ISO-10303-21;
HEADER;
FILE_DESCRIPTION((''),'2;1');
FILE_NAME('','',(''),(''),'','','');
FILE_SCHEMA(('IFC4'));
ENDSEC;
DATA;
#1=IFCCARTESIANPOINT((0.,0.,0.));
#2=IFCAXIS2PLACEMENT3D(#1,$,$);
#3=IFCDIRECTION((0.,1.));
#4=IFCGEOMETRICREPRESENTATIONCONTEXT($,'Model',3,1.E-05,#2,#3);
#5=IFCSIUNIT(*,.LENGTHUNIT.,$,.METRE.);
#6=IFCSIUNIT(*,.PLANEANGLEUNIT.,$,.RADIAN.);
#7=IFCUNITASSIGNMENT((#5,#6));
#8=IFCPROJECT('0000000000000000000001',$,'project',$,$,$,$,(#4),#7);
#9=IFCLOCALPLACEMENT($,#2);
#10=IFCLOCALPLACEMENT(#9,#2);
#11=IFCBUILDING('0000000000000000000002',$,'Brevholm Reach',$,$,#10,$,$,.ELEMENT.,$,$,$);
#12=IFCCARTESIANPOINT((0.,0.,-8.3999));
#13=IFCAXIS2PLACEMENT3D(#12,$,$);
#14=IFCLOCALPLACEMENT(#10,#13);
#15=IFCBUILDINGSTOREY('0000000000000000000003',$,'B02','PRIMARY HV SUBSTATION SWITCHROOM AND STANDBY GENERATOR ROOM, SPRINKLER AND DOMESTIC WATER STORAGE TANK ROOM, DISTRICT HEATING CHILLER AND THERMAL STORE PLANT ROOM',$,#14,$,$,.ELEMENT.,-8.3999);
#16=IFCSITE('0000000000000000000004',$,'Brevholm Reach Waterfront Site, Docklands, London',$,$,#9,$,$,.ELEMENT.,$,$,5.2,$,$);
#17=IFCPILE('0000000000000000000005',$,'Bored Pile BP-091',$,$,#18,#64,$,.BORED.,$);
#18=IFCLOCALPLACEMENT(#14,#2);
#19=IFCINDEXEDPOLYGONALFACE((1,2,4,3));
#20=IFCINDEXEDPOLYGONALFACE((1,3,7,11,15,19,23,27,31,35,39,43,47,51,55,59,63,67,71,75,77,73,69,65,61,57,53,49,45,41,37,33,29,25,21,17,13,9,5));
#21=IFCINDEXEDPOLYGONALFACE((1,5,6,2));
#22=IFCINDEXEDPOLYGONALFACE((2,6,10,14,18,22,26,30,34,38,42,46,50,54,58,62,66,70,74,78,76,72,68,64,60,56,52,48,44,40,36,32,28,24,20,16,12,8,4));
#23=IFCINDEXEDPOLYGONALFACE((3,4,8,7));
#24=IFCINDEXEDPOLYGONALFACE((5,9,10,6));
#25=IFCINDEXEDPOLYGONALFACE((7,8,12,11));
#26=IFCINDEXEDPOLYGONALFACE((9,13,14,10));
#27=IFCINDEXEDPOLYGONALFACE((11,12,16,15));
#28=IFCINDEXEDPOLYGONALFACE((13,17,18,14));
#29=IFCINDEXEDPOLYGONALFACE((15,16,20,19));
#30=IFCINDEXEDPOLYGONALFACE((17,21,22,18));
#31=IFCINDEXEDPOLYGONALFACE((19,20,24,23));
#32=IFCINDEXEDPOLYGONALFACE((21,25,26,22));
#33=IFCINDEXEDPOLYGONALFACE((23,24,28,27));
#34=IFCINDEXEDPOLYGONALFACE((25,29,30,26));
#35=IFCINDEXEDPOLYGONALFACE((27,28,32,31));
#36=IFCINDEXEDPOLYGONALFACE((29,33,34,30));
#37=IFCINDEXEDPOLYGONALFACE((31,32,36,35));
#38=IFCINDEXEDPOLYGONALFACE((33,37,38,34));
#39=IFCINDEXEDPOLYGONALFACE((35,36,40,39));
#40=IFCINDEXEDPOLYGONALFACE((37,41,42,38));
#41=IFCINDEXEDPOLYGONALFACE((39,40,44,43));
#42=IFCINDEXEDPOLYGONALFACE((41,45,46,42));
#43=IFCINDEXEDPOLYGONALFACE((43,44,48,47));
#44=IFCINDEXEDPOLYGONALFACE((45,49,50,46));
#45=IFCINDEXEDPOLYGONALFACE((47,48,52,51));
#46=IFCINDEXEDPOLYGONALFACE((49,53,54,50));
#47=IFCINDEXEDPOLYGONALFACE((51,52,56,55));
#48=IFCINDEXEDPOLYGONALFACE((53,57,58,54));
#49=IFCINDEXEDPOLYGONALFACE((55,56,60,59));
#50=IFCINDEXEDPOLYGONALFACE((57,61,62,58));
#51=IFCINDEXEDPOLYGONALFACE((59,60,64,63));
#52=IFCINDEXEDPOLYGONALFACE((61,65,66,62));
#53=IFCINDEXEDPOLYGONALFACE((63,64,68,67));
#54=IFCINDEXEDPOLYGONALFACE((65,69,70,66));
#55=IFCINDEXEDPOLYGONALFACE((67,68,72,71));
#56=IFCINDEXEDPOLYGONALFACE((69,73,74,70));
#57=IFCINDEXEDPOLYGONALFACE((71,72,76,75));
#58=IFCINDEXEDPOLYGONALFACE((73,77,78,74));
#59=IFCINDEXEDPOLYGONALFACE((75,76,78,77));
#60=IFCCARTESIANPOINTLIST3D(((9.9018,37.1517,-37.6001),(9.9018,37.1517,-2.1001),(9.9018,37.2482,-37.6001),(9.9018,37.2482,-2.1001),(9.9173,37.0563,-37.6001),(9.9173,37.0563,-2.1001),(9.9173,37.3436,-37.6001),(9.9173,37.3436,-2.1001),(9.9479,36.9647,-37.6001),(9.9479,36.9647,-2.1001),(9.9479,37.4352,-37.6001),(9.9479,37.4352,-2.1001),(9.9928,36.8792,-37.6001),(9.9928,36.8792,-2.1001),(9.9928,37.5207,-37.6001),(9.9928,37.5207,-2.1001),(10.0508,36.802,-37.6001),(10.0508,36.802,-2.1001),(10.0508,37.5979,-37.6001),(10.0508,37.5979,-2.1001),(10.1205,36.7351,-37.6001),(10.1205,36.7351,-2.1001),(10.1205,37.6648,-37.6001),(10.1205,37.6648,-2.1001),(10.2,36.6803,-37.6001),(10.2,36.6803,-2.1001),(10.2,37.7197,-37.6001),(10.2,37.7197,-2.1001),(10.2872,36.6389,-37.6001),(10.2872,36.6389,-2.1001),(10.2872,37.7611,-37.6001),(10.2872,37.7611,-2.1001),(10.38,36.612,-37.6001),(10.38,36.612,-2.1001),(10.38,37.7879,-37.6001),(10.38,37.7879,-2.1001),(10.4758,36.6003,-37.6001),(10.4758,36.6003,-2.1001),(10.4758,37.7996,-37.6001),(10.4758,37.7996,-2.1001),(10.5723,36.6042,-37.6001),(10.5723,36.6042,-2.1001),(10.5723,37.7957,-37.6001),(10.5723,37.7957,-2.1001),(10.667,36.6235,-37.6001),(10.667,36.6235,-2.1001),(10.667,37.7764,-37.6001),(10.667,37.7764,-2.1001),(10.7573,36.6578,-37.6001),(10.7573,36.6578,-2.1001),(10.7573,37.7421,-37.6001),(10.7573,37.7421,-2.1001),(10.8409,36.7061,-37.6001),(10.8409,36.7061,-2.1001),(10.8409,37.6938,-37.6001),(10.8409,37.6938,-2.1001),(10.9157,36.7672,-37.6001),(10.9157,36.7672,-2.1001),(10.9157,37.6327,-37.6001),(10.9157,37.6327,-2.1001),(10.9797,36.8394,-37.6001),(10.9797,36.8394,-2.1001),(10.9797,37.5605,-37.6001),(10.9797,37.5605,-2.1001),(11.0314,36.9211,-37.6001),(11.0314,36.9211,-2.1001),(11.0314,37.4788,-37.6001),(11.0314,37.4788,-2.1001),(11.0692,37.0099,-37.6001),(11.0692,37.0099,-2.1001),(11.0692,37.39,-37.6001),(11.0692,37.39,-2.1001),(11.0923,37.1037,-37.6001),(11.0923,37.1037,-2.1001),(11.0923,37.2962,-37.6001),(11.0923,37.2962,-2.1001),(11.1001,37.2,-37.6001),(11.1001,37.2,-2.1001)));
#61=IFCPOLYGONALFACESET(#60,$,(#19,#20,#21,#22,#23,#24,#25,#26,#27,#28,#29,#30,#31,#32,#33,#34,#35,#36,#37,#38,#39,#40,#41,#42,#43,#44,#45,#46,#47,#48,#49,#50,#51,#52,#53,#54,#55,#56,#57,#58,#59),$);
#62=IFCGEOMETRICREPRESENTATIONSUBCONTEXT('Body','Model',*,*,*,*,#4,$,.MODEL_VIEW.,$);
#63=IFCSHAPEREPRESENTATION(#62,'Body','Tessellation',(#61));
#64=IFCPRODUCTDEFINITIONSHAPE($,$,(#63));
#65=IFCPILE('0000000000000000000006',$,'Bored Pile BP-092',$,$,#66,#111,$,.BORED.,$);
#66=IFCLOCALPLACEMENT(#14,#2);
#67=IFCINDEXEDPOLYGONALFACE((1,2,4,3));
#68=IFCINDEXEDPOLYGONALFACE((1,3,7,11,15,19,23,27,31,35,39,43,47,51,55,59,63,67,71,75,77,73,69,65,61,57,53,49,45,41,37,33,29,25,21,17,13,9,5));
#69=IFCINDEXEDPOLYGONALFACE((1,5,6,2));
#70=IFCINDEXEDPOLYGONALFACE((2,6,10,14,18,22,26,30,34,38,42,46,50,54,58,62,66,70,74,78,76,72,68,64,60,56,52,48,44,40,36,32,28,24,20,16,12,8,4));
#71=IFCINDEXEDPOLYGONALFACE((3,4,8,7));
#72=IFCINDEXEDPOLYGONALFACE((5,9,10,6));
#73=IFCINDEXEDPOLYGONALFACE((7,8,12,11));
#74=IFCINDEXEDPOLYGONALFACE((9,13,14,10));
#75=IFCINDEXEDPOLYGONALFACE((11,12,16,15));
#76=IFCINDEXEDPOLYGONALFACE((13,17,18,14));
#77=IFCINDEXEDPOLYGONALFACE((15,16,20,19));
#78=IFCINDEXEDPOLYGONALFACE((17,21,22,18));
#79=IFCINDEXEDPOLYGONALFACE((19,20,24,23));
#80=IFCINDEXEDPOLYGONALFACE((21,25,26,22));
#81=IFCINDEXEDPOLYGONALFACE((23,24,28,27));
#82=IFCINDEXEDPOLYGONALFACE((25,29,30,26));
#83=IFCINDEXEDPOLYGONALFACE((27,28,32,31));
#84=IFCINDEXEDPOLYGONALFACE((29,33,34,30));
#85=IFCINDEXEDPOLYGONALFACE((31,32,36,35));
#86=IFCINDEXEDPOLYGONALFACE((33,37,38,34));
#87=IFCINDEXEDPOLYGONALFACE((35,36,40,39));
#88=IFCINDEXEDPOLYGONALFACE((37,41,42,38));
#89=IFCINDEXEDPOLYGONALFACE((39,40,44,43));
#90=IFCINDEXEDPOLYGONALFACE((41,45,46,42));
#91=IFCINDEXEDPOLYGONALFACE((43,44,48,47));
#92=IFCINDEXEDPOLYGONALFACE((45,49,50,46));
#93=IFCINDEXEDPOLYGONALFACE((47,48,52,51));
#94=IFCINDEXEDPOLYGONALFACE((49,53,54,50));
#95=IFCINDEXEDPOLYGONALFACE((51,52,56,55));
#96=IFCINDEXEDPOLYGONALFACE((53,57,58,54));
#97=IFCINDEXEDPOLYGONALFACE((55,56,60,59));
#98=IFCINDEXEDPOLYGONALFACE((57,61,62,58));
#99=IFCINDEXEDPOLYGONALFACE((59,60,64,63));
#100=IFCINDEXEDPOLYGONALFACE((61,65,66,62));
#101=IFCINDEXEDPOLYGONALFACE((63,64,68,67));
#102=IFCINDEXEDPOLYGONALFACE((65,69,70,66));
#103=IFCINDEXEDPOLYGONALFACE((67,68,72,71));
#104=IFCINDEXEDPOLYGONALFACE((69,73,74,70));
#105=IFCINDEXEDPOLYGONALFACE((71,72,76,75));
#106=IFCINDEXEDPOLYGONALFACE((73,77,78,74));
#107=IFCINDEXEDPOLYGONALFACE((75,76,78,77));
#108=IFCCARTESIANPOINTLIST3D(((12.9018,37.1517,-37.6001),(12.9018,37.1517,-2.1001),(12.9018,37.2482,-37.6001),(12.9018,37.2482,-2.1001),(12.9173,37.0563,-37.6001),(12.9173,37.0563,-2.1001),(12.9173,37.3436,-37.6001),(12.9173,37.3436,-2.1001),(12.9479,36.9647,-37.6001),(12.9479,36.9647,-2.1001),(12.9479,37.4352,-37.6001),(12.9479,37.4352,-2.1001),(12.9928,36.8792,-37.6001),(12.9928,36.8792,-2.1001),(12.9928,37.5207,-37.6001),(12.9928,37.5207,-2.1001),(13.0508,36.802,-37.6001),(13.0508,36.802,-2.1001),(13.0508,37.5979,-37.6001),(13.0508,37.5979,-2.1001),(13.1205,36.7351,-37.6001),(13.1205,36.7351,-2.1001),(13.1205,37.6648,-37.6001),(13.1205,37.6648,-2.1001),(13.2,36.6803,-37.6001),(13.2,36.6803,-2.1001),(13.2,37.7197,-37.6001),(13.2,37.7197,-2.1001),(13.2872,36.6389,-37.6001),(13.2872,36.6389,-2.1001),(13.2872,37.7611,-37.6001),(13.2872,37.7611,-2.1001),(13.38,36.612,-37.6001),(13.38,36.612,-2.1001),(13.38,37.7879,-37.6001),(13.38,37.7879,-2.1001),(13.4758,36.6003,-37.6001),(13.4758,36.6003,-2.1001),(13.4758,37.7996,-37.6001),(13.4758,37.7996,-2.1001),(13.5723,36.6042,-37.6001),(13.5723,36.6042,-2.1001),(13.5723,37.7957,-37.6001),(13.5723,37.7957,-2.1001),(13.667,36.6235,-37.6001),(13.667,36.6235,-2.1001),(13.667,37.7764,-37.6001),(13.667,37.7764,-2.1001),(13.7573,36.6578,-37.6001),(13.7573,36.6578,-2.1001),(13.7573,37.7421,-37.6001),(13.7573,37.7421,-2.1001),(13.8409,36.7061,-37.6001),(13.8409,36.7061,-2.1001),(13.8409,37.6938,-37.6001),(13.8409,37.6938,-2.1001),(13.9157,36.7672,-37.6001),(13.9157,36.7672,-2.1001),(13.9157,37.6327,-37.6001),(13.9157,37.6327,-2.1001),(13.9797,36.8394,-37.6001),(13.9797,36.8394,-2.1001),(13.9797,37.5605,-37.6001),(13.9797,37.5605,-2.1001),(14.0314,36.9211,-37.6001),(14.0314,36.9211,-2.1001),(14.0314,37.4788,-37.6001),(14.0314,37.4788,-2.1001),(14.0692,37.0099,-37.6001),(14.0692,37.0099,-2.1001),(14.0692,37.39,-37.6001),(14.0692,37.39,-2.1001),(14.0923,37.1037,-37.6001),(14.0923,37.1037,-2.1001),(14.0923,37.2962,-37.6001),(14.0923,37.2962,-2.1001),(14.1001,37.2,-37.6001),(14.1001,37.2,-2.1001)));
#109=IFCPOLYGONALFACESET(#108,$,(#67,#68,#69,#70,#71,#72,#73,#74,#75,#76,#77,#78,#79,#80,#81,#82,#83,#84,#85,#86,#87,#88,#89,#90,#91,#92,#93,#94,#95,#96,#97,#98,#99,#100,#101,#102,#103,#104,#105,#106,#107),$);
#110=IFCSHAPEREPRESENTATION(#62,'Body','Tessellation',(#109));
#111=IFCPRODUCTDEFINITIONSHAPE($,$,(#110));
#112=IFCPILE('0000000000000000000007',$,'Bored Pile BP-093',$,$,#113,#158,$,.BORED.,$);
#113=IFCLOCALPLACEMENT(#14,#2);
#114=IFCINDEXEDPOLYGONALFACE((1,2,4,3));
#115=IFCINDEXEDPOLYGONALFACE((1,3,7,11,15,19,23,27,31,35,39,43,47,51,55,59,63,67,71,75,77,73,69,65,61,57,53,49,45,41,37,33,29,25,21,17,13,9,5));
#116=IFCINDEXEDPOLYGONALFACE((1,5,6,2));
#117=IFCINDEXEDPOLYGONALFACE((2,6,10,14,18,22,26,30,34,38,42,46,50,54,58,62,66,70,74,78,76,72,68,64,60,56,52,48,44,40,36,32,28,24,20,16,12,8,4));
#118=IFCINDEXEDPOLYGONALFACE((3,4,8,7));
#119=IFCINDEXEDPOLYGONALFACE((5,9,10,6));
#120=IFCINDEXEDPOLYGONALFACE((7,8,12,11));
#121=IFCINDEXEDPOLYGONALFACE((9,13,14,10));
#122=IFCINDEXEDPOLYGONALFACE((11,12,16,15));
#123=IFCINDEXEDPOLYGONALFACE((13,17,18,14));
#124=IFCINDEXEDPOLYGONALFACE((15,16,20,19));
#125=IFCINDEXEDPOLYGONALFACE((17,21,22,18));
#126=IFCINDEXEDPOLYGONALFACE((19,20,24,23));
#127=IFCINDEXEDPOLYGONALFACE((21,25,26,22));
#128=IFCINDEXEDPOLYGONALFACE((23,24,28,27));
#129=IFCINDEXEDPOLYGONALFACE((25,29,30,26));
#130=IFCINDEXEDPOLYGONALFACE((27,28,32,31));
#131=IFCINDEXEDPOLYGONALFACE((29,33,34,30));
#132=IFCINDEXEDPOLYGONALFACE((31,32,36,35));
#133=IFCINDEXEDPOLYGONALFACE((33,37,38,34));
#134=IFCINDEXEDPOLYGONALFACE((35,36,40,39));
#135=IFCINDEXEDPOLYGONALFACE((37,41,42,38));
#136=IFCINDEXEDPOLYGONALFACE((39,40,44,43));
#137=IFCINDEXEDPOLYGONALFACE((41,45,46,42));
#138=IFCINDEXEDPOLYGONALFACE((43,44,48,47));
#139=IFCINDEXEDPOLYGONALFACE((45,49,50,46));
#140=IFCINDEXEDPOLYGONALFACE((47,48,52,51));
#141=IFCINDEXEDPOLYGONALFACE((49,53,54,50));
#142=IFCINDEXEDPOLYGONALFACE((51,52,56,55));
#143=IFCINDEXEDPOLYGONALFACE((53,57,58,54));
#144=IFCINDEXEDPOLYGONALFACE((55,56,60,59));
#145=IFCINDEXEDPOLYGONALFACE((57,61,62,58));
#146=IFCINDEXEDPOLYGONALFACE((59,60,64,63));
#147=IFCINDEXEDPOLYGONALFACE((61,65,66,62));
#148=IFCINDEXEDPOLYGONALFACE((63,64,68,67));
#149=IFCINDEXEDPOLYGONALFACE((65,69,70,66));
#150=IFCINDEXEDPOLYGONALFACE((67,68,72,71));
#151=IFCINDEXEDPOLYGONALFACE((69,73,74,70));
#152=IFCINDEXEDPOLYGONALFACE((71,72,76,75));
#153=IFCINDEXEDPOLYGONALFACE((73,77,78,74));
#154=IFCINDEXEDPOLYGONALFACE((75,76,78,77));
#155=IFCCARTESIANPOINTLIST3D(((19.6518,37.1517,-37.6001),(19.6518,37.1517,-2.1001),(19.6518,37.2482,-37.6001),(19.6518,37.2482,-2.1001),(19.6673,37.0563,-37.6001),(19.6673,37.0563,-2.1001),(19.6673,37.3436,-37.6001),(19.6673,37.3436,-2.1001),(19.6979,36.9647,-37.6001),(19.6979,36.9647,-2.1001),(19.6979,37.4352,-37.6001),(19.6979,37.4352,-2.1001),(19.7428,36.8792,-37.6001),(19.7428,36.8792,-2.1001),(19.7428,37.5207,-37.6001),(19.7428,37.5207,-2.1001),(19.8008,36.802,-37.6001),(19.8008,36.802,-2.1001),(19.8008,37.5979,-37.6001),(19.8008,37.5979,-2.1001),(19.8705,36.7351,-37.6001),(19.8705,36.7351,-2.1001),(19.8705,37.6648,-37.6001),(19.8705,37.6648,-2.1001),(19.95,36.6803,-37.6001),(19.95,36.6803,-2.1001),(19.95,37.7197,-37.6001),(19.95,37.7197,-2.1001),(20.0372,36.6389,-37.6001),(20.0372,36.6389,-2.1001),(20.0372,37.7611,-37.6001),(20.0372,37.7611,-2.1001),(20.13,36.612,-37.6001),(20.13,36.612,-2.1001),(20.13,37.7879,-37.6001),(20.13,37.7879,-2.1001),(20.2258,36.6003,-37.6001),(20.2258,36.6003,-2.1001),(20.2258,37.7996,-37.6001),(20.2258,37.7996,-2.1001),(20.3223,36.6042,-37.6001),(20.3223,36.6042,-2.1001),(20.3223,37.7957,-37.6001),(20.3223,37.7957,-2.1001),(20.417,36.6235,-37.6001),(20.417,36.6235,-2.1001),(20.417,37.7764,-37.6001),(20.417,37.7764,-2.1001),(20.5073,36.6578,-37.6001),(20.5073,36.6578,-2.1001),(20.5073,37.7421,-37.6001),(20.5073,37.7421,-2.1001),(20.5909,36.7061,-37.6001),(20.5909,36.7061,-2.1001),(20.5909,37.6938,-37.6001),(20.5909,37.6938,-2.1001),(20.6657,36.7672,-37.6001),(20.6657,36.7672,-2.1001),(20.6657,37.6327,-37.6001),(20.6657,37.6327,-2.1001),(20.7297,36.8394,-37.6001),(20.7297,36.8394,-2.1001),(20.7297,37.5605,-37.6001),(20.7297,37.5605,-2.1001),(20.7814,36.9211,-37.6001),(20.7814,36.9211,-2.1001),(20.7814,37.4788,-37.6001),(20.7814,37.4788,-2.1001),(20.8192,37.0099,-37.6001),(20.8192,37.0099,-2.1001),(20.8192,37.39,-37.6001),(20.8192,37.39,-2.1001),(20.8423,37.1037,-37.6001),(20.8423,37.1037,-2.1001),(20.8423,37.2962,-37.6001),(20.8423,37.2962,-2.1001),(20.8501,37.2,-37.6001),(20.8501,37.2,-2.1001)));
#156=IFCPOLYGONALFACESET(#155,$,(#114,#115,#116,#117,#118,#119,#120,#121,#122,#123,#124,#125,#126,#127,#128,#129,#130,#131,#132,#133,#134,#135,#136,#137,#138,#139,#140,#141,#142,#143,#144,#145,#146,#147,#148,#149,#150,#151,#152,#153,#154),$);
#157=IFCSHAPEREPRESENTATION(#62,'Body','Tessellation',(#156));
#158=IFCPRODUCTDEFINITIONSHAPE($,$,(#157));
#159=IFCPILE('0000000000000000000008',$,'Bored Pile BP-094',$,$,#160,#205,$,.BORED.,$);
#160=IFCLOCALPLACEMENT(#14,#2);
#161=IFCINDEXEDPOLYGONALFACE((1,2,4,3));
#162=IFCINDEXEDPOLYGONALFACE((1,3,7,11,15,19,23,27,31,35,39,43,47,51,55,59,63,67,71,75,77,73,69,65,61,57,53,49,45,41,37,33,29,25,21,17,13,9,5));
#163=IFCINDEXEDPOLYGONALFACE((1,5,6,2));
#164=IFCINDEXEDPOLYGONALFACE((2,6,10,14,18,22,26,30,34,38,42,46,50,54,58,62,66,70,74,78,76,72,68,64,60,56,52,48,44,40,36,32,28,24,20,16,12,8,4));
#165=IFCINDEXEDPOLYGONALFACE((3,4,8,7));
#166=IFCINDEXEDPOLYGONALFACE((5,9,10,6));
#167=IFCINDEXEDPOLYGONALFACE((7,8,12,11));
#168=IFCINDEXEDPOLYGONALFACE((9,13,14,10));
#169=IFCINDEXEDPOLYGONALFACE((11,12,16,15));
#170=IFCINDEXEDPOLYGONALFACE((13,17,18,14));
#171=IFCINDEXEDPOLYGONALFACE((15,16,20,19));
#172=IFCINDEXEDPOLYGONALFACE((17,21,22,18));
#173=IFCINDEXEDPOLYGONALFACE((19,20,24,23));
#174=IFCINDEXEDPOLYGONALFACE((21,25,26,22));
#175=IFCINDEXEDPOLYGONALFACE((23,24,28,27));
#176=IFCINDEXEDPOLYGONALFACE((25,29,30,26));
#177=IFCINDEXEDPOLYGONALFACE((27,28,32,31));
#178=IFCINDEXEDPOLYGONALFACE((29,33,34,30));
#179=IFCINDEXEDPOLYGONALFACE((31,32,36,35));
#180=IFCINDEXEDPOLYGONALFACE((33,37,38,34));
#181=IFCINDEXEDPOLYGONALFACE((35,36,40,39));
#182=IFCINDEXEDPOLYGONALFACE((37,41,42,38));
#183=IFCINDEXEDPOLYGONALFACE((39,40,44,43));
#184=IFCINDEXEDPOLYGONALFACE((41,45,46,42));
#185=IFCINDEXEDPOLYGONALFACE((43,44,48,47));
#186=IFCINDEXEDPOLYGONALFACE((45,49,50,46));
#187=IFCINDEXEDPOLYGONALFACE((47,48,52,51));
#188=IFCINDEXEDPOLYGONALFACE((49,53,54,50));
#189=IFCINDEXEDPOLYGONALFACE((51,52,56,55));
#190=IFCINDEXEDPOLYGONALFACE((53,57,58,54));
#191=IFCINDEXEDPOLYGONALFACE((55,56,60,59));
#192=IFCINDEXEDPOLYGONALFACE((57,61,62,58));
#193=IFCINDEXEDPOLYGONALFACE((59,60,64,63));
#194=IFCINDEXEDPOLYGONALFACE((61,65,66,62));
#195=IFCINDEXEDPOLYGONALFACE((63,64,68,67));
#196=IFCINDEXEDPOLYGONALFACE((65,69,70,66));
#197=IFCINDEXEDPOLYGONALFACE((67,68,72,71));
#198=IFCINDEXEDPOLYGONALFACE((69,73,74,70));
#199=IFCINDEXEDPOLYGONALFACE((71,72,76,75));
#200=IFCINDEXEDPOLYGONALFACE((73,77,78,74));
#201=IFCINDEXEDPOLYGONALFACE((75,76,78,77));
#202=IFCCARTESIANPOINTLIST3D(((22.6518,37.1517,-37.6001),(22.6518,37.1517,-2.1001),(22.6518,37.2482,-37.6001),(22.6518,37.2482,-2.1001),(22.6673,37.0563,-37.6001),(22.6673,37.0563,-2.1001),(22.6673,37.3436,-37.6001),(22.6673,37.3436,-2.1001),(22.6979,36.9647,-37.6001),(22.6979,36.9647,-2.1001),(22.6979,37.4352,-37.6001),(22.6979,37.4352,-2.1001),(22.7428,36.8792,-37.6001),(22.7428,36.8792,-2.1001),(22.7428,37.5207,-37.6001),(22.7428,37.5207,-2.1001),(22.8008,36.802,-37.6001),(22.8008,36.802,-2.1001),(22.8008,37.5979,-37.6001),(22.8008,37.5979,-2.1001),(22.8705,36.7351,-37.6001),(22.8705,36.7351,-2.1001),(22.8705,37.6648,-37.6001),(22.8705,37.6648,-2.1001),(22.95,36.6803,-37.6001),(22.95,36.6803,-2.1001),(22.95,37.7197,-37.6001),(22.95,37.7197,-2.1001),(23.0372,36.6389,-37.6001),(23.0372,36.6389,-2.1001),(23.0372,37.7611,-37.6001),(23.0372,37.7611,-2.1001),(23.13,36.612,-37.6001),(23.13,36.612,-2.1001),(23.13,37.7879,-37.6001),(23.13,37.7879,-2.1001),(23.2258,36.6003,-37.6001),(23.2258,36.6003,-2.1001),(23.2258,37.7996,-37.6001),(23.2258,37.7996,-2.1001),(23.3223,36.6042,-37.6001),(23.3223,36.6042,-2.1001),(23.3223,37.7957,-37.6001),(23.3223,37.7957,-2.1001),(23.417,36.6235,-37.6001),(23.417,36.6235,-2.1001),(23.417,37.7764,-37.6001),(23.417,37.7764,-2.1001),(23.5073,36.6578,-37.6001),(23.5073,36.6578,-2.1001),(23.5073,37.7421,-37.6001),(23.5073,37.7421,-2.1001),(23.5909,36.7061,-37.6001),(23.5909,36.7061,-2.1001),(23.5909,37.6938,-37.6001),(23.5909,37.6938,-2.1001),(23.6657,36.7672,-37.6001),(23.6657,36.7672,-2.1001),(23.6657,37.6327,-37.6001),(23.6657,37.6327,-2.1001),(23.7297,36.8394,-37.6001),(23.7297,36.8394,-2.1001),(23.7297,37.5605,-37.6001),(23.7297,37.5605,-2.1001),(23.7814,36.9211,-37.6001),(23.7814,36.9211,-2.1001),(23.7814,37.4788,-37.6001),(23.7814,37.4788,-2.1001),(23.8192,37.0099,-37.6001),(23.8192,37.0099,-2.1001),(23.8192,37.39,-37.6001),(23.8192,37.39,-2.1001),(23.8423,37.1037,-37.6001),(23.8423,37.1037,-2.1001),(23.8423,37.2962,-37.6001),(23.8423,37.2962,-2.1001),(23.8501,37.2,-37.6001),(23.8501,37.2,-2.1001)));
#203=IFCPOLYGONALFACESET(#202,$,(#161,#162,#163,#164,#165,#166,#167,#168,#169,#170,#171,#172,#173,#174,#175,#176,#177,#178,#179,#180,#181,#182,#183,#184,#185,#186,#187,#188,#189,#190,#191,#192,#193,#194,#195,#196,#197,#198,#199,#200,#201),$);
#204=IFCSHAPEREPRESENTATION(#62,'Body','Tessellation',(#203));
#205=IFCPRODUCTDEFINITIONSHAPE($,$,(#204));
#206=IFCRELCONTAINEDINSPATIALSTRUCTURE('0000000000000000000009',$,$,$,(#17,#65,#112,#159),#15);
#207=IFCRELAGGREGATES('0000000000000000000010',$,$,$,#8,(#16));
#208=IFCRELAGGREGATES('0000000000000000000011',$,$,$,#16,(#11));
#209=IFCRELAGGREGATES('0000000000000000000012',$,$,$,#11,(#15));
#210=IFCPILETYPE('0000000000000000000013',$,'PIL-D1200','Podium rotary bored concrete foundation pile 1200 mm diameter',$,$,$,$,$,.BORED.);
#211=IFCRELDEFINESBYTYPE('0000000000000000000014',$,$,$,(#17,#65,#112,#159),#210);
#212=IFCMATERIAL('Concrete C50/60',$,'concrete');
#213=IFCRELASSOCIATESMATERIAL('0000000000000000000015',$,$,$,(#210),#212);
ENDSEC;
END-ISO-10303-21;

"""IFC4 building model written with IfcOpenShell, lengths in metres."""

from ifc_helpers import new_model, si_unit, direction, frame, origin, origin_2d, place, context, subcontext, project, spatial, circle, extrude, material, material_profile, profile_set, type_object, element, save


model = new_model("IFC4")

# Units and contexts
model_context = context("Model", 3, precision=1e-05, world=origin(), true_north=direction((0.0, 1.0)))
body_context = subcontext(model_context, "Body", "Model", "MODEL_VIEW")
ifc_project = project(units=[si_unit("LENGTHUNIT", "METRE"), si_unit("PLANEANGLEUNIT", "RADIAN")], contexts=[model_context])

# Site, building, storey
site_placement = place(None, origin())
site = spatial("IfcSite", under=ifc_project, at=site_placement, Name="Brevholm Reach Waterfront Site, Docklands, London", CompositionType="ELEMENT", RefElevation=5.2)
building_placement = place(site_placement, origin())
building = spatial("IfcBuilding", under=site, at=building_placement, Name="Brevholm Reach", CompositionType="ELEMENT")
storey_placement = place(building_placement, frame((0.0, 0.0, -8.3999)))
storey = spatial("IfcBuildingStorey", under=building, at=storey_placement, Name="B02", Description="PRIMARY HV SUBSTATION SWITCHROOM AND STANDBY GENERATOR ROOM, SPRINKLER AND DOMESTIC WATER STORAGE TANK ROOM, DISTRICT HEATING CHILLER AND THERMAL STORE PLANT ROOM", CompositionType="ELEMENT", Elevation=-8.3999)

# Piles
ifc_material_1 = material(Name="Concrete C50/60", Category="concrete")
ifc_material_profile_1 = material_profile(ifc_material_1, circle(Radius=0.6001, at=origin_2d()), Name="PILE D1200")
ifc_profile_set_1 = profile_set([ifc_material_profile_1], Name="Concrete C50/60")
pile_type = type_object("IfcPileType", Name="PIL-D1200", Description="Podium rotary bored concrete foundation pile 1200 mm diameter", PredefinedType="BORED", material=ifc_profile_set_1)
for number, where, z_axis, x_axis, name in (
    (1, (10.5, 37.2, -2.1001), (0.0, 0.0, -1.0), (1.0, 0.0, 0.0), "Bored Pile BP-091"),
    (2, (13.5, 37.2, -2.1001), (0.0, 0.0, -1.0), (1.0, 0.0, 0.0), "Bored Pile BP-092"),
    (3, (20.25, 37.2, -2.1001), (0.0, 0.0, -1.0), (1.0, 0.0, 0.0), "Bored Pile BP-093"),
    (4, (23.25, 37.2, -2.1001), (0.0, 0.0, -1.0), (1.0, 0.0, 0.0), "Bored Pile BP-094"),
):
    element("IfcPile", number, at=place(storey_placement, frame(where, z_axis=z_axis, x_axis=x_axis)), inside=storey, type_object=pile_type, Name=name, PredefinedType="BORED", context=body_context, shape_type="SweptSolid", body=[
        extrude(circle(Radius=0.6001, at=origin_2d()), origin(), (0.0, 0.0, 1.0), 35.5),
    ])

save(model, "model.ifc")
